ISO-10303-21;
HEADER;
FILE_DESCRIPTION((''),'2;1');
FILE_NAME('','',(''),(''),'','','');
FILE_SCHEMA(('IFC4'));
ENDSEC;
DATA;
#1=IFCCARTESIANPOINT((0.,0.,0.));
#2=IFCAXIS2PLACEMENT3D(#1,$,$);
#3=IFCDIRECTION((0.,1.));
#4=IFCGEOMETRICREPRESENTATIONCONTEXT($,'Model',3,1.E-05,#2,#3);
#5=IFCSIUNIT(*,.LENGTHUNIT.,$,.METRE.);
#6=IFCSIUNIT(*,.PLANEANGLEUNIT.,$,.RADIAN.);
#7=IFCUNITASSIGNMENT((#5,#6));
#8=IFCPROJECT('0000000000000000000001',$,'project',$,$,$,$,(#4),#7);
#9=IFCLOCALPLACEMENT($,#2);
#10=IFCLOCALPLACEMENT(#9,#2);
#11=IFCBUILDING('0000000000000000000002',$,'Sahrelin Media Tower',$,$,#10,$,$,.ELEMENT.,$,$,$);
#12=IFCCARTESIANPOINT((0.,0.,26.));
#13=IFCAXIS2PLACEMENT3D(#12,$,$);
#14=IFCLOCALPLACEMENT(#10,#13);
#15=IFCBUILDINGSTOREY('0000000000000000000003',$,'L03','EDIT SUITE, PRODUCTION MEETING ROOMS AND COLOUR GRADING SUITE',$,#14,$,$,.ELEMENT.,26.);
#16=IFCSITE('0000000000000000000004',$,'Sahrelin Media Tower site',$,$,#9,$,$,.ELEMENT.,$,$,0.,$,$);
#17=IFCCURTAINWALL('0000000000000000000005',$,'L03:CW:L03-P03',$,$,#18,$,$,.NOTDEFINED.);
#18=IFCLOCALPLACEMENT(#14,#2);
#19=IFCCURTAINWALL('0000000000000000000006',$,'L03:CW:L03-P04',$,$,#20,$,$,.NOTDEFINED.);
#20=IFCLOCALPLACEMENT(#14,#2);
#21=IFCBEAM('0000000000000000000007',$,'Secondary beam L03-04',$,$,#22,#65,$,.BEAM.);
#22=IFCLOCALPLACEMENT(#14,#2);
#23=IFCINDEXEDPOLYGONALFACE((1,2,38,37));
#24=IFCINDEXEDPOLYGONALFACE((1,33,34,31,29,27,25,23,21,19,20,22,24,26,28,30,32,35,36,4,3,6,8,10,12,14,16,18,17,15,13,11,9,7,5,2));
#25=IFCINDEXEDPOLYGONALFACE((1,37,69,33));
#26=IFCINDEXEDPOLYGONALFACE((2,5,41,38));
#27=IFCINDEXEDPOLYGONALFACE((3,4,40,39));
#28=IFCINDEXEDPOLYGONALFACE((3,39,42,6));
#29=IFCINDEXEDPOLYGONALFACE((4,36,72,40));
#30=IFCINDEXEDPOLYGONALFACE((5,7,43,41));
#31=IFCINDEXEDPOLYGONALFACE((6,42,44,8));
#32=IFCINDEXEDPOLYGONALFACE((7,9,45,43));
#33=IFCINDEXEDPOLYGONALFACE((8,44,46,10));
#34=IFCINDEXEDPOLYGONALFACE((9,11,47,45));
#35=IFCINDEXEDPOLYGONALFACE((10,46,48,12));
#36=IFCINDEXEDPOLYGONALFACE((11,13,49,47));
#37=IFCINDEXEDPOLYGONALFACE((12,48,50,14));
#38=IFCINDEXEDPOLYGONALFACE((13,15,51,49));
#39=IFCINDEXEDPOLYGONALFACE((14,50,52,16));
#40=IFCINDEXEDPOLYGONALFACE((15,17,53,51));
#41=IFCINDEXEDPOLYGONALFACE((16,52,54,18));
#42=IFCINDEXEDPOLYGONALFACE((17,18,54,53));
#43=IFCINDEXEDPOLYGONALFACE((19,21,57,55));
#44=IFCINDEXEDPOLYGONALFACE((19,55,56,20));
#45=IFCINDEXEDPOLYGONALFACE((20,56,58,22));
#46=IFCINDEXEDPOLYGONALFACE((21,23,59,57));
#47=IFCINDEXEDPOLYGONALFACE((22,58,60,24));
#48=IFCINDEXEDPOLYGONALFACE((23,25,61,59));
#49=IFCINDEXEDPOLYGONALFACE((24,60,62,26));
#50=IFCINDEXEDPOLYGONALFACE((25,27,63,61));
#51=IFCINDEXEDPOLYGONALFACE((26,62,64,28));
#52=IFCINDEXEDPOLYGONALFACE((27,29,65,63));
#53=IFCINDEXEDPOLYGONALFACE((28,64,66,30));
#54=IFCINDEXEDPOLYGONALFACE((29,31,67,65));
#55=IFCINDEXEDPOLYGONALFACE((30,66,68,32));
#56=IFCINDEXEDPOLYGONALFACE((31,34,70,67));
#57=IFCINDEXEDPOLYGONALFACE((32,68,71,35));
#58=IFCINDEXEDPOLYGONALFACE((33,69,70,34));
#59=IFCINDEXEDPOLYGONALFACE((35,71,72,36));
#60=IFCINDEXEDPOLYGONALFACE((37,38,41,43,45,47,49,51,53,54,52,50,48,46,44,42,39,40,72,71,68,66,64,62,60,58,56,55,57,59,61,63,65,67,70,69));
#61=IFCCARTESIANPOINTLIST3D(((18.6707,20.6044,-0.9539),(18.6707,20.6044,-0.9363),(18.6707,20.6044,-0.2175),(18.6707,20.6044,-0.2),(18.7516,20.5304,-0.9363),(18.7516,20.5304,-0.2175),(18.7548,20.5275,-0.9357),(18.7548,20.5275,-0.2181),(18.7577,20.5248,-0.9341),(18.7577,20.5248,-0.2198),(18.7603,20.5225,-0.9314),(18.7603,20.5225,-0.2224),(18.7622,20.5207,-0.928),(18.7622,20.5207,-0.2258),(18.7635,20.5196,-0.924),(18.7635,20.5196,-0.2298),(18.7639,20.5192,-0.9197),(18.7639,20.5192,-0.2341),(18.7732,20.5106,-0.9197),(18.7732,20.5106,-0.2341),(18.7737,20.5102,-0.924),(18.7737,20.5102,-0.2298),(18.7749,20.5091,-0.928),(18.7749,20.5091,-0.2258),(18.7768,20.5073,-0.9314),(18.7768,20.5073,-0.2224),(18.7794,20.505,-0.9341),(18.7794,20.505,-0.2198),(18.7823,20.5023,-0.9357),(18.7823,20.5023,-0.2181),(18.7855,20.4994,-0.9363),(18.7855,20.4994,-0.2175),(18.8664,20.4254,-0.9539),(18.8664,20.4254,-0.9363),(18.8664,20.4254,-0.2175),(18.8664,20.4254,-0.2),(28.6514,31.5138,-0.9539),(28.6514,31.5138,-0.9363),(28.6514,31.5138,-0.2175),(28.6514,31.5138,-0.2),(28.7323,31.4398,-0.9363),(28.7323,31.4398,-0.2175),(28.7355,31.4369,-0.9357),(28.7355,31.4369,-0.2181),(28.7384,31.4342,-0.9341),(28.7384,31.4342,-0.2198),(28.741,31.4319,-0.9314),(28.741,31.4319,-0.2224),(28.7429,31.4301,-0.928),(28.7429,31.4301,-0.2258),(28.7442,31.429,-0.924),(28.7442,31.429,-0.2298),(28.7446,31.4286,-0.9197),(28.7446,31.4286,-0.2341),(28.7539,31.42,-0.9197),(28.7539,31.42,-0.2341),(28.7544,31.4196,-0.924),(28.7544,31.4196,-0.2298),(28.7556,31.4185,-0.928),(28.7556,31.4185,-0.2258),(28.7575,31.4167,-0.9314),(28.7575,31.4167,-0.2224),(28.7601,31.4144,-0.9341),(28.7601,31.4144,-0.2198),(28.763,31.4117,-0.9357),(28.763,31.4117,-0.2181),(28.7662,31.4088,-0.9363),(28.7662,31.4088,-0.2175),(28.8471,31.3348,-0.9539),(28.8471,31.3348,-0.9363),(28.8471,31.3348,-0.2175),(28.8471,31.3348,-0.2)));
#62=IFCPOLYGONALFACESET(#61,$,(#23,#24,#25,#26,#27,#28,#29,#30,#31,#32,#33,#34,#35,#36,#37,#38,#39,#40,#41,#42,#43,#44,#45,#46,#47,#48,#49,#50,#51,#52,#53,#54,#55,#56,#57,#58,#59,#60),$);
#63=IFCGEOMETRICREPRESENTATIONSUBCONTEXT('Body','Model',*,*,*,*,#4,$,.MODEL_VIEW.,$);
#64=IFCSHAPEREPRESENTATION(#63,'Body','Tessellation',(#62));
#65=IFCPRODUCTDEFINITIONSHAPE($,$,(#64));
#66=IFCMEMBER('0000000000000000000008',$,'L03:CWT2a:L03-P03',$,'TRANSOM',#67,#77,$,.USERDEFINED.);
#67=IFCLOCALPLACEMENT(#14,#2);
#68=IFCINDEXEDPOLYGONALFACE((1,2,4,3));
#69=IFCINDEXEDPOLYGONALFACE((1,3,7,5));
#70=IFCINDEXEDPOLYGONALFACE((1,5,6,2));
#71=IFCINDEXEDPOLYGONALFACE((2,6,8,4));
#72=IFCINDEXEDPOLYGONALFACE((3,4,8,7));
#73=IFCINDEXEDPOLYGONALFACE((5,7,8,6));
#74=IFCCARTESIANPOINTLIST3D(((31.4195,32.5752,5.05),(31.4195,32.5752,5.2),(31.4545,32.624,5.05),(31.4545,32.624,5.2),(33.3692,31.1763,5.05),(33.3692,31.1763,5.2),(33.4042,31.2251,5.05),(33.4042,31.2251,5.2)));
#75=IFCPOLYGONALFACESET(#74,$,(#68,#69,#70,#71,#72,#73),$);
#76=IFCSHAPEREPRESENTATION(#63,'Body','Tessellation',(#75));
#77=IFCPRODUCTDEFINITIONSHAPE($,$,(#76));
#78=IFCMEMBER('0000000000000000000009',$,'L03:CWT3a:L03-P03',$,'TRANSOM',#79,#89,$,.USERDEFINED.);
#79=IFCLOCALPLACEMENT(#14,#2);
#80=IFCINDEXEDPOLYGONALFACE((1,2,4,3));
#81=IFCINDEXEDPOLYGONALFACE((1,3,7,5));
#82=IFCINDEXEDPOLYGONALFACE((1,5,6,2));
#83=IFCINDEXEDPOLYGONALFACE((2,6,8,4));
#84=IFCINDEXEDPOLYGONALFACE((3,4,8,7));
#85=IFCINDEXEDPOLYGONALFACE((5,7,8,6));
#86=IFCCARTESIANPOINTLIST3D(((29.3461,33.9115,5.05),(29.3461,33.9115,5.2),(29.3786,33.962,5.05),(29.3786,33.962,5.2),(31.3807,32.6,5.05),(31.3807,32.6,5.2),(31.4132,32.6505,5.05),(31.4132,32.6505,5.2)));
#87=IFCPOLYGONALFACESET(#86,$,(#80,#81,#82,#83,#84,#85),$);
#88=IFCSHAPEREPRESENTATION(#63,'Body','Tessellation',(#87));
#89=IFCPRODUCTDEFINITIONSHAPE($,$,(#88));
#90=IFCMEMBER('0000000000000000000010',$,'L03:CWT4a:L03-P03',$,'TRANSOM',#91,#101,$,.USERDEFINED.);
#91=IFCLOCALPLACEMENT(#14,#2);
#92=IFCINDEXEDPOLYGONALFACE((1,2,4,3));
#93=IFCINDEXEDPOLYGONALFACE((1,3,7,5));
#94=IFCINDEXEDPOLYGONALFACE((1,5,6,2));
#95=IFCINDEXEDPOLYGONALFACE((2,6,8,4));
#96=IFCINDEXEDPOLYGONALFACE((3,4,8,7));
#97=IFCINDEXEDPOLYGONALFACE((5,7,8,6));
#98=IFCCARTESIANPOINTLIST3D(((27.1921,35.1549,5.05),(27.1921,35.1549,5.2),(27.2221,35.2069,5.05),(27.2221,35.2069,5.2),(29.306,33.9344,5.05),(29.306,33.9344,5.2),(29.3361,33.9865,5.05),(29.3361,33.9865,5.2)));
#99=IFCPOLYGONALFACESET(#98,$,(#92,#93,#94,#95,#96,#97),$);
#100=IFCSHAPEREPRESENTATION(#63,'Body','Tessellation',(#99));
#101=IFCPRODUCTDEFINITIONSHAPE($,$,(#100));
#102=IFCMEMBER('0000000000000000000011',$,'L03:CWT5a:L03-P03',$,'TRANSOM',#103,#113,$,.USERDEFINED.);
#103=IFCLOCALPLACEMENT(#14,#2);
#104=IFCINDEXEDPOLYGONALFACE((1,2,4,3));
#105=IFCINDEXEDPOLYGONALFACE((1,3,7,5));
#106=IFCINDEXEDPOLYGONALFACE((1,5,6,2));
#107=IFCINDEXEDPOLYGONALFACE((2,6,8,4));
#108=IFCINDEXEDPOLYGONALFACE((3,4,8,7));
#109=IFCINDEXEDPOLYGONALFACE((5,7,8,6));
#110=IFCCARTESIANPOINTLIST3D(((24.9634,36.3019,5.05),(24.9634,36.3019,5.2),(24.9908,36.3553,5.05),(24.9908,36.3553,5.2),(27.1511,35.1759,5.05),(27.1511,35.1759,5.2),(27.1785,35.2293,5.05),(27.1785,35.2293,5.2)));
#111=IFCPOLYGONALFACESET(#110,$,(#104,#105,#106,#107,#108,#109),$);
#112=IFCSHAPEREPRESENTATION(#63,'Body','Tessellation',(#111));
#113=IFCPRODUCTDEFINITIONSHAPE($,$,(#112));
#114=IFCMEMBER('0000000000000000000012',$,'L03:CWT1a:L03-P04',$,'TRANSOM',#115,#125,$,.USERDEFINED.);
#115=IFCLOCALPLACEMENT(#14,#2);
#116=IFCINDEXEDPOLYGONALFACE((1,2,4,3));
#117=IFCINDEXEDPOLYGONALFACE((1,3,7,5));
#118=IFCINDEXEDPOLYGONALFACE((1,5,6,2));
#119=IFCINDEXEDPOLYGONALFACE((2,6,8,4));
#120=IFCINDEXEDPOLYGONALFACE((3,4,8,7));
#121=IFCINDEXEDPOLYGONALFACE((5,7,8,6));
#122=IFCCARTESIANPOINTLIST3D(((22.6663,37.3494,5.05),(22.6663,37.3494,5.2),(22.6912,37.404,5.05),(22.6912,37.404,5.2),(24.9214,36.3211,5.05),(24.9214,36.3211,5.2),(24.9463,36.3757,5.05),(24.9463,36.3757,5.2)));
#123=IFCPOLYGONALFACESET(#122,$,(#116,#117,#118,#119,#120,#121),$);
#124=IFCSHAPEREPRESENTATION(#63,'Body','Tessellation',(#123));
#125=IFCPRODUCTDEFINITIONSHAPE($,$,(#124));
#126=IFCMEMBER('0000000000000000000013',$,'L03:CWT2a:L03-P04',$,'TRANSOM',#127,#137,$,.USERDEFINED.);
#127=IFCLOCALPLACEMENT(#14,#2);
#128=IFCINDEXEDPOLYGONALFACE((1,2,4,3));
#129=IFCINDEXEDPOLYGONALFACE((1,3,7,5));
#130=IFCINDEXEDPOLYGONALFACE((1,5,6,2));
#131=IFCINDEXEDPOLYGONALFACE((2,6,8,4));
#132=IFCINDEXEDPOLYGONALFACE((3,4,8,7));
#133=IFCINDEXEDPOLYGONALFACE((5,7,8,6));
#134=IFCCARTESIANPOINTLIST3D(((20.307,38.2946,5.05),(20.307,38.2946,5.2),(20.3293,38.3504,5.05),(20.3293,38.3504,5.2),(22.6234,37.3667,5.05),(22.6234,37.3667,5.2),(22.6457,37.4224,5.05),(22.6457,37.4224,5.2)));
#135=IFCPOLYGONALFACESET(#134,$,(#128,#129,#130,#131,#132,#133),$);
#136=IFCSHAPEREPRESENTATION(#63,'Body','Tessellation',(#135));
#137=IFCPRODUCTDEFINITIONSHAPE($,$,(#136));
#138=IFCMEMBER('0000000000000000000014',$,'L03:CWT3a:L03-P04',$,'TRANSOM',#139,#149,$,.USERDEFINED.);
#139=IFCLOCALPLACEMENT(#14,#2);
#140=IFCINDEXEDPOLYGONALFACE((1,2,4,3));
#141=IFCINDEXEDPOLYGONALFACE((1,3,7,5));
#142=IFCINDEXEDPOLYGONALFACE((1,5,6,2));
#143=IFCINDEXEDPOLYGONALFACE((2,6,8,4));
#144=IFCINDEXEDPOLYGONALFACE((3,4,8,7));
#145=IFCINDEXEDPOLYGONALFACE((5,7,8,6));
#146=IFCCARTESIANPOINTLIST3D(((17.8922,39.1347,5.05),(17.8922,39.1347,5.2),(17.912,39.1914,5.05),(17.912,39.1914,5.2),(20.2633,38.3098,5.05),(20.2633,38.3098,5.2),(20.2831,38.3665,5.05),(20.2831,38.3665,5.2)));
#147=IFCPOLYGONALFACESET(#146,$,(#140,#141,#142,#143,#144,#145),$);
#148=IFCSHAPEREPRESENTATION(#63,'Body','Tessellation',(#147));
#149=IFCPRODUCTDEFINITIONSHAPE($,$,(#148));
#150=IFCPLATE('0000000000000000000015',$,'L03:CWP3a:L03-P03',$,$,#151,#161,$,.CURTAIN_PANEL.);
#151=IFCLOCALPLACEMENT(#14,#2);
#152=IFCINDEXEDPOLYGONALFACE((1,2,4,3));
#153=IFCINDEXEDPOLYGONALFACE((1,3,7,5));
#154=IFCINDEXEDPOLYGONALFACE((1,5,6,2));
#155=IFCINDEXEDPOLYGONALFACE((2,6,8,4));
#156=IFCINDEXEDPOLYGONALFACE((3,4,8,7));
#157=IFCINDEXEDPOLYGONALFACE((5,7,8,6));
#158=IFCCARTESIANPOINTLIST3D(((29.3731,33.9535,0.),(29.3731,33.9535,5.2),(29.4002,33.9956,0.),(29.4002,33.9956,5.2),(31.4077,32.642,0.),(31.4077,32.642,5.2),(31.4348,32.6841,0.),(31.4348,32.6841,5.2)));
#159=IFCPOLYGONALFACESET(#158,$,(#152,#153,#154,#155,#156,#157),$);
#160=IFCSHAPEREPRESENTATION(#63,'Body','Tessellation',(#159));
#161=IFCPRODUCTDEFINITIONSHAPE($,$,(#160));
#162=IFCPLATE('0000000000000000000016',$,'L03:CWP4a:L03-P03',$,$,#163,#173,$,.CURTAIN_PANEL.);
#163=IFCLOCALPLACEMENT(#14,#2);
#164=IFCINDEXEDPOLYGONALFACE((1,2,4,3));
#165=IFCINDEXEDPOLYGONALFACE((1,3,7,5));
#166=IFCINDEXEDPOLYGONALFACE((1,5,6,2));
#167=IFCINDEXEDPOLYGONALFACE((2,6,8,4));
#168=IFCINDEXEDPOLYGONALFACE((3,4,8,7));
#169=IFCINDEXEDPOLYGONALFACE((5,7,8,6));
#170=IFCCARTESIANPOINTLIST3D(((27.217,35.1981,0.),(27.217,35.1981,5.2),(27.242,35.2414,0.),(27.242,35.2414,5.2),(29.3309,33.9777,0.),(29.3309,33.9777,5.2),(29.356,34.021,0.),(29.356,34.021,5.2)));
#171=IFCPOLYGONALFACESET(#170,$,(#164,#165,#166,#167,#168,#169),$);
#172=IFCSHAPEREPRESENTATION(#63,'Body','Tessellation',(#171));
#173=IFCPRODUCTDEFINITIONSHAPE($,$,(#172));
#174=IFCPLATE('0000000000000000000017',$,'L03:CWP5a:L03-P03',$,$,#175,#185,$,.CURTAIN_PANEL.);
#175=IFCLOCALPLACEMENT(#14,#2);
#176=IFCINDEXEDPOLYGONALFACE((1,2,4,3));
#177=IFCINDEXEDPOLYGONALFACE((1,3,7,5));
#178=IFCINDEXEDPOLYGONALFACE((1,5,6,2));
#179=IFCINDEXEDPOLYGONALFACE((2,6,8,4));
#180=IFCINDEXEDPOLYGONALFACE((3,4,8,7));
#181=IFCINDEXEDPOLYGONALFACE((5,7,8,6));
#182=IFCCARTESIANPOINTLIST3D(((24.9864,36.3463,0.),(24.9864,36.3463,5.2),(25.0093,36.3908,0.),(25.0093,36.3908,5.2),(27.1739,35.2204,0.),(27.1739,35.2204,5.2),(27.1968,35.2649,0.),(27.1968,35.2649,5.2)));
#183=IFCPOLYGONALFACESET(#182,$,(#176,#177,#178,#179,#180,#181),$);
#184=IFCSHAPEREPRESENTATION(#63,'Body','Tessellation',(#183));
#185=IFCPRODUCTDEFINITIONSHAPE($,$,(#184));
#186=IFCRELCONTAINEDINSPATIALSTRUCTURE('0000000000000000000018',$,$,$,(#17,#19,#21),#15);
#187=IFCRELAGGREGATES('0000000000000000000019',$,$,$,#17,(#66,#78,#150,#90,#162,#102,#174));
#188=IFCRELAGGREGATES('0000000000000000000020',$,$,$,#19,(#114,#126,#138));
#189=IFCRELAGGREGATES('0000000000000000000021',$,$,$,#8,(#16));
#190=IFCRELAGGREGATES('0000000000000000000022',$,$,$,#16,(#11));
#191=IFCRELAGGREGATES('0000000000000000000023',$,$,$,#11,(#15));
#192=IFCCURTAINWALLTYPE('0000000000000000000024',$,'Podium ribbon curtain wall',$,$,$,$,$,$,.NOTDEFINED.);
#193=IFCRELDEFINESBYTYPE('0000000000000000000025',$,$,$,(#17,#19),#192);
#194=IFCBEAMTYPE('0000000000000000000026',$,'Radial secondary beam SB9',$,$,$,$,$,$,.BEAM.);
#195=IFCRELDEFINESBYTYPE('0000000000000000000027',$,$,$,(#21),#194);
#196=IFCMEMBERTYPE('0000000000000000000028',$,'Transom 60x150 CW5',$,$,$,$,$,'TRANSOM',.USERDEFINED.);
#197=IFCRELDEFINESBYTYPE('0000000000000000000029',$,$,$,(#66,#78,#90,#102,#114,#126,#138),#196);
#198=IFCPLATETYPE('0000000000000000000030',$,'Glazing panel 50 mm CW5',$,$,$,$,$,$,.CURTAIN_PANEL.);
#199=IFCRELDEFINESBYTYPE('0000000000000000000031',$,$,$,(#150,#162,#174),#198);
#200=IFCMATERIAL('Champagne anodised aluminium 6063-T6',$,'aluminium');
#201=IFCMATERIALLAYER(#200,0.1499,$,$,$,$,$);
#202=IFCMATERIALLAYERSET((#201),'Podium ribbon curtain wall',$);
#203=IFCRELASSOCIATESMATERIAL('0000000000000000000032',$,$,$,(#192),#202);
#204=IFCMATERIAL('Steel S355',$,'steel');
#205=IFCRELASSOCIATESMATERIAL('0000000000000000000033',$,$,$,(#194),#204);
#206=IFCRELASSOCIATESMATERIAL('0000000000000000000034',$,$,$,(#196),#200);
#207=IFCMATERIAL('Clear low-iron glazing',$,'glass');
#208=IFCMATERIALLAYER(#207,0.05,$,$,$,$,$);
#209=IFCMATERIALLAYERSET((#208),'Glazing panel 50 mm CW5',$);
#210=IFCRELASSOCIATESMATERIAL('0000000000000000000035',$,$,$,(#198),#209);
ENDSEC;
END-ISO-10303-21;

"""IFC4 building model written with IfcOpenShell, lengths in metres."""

from ifc_helpers import new_model, si_unit, direction, frame, origin, origin_2d, place, context, subcontext, project, spatial, polyline, rectangle, i_section, outline, extrude, material, layer, layer_set, material_profile, profile_set, type_object, element, aggregate, save


model = new_model("IFC4")

# Units and contexts
model_context = context("Model", 3, precision=1e-05, world=origin(), true_north=direction((0.0, 1.0)))
body_context = subcontext(model_context, "Body", "Model", "MODEL_VIEW")
ifc_project = project(units=[si_unit("LENGTHUNIT", "METRE"), si_unit("PLANEANGLEUNIT", "RADIAN")], contexts=[model_context])

# Site, building, storey
site_placement = place(None, origin())
site = spatial("IfcSite", under=ifc_project, at=site_placement, Name="Sahrelin Media Tower site", CompositionType="ELEMENT", RefElevation=0.0)
building_placement = place(site_placement, origin())
building = spatial("IfcBuilding", under=site, at=building_placement, Name="Sahrelin Media Tower", CompositionType="ELEMENT")
storey_placement = place(building_placement, frame((0.0, 0.0, 26.0)))
storey = spatial("IfcBuildingStorey", under=building, at=storey_placement, Name="L03", Description="EDIT SUITE, PRODUCTION MEETING ROOMS AND COLOUR GRADING SUITE", CompositionType="ELEMENT", Elevation=26.0)

# Curtain walls
ifc_material_1 = material(Name="Champagne anodised aluminium 6063-T6", Category="aluminium")
ifc_layer_1 = layer(ifc_material_1, 0.1499)
ifc_layer_set_1 = layer_set([ifc_layer_1], Name="Podium ribbon curtain wall")
curtain_wall_type = type_object("IfcCurtainWallType", Name="Podium ribbon curtain wall", PredefinedType="NOTDEFINED", material=ifc_layer_set_1)
curtain_wall_1_placement = place(storey_placement, frame((35.3552, 29.6985, 0.0), z_axis=(0.0, 0.0, 1.0), x_axis=(1.0, 0.0, 0.0)))
curtain_wall_1 = element("IfcCurtainWall", 1, at=curtain_wall_1_placement, inside=storey, type_object=curtain_wall_type, Name="L03:CW:L03-P03", PredefinedType="NOTDEFINED")
curtain_wall_2_placement = place(storey_placement, frame((25.0, 36.373, 0.0), z_axis=(0.0, 0.0, 1.0), x_axis=(1.0, 0.0, 0.0)))
curtain_wall_2 = element("IfcCurtainWall", 2, at=curtain_wall_2_placement, inside=storey, type_object=curtain_wall_type, Name="L03:CW:L03-P04", PredefinedType="NOTDEFINED")

# Beam
ifc_material_2 = material(Name="Steel S355", Category="steel")
ifc_material_profile_1 = material_profile(ifc_material_2, i_section(OverallWidth=0.2651, OverallDepth=0.7539, WebThickness=0.0127, FlangeThickness=0.0176, FilletRadius=0.0166, at=origin_2d()), Name="UB 762x267x147")
ifc_profile_set_1 = profile_set([ifc_material_profile_1], Name="Steel S355")
beam_type_1 = type_object("IfcBeamType", Name="Radial secondary beam SB9", PredefinedType="BEAM", material=ifc_profile_set_1)
beam_1_placement = place(storey_placement, frame((18.7686, 20.5149, -0.5769), z_axis=(0.675004, 0.737814, 0.0), x_axis=(-0.737814, 0.675004, 0.0)))
element("IfcBeam", 3, at=beam_1_placement, inside=storey, type_object=beam_type_1, Name="Secondary beam L03-04", PredefinedType="BEAM", context=body_context, shape_type="SweptSolid", body=[
    extrude(i_section(OverallWidth=0.2651, OverallDepth=0.7539, WebThickness=0.0127, FlangeThickness=0.0176, FilletRadius=0.0166, at=origin_2d()), origin(), (0.0, 0.0, 1.0), 14.7861),
])

# Members
ifc_material_profile_2 = material_profile(ifc_material_1, rectangle(XDim=0.0601, YDim=0.1499, at=origin_2d()), Name="Transom 60x150")
ifc_profile_set_2 = profile_set([ifc_material_profile_2], Name="Champagne anodised aluminium 6063-T6")
member_type_1 = type_object("IfcMemberType", Name="Transom 60x150 CW5", ElementType="TRANSOM", PredefinedType="USERDEFINED", material=ifc_profile_set_2)
member_1_placement = place(storey_placement, frame((33.3867, 31.2007, 5.125), z_axis=(-0.812494, 0.582969, 0.0), x_axis=(-0.582969, -0.812494, 0.0)))
member_1 = element("IfcMember", 4, at=member_1_placement, type_object=member_type_1, Name="L03:CWT2a:L03-P03", ObjectType="TRANSOM", PredefinedType="USERDEFINED", context=body_context, shape_type="SweptSolid", body=[
    extrude(rectangle(XDim=0.0601, YDim=0.1499, at=origin_2d()), origin(), (0.0, 0.0, 1.0), 2.3997),
])
member_2_placement = place(storey_placement, frame((31.397, 32.6252, 5.125), z_axis=(-0.840516, 0.541787, 0.0), x_axis=(-0.541787, -0.840516, 0.0)))
member_2 = element("IfcMember", 5, at=member_2_placement, type_object=member_type_1, Name="L03:CWT3a:L03-P03", ObjectType="TRANSOM", PredefinedType="USERDEFINED", context=body_context, shape_type="SweptSolid", body=[
    extrude(rectangle(XDim=0.0601, YDim=0.1499, at=origin_2d()), origin(), (0.0, 0.0, 1.0), 2.4207),
])
member_3_placement = place(storey_placement, frame((29.321, 33.9604, 5.125), z_axis=(-0.866037, 0.499979, 0.0), x_axis=(-0.499979, -0.866037, 0.0)))
member_3 = element("IfcMember", 6, at=member_3_placement, type_object=member_type_1, Name="L03:CWT4a:L03-P03", ObjectType="TRANSOM", PredefinedType="USERDEFINED", context=body_context, shape_type="SweptSolid", body=[
    extrude(rectangle(XDim=0.0601, YDim=0.1499, at=origin_2d()), origin(), (0.0, 0.0, 1.0), 2.4409),
])
member_4_placement = place(storey_placement, frame((27.1648, 35.2026, 5.125), z_axis=(-0.889147, 0.457622, 0.0), x_axis=(-0.457622, -0.889147, 0.0)))
member_4 = element("IfcMember", 7, at=member_4_placement, type_object=member_type_1, Name="L03:CWT5a:L03-P03", ObjectType="TRANSOM", PredefinedType="USERDEFINED", context=body_context, shape_type="SweptSolid", body=[
    extrude(rectangle(XDim=0.0601, YDim=0.1499, at=origin_2d()), origin(), (0.0, 0.0, 1.0), 2.4604),
])
member_5_placement = place(storey_placement, frame((24.9338, 36.3484, 5.125), z_axis=(-0.90987, 0.414894, 0.0), x_axis=(-0.414894, -0.90987, 0.0)))
member_5 = element("IfcMember", 8, at=member_5_placement, type_object=member_type_1, Name="L03:CWT1a:L03-P04", ObjectType="TRANSOM", PredefinedType="USERDEFINED", context=body_context, shape_type="SweptSolid", body=[
    extrude(rectangle(XDim=0.0601, YDim=0.1499, at=origin_2d()), origin(), (0.0, 0.0, 1.0), 2.4785),
])
member_6_placement = place(storey_placement, frame((22.6345, 37.3945, 5.125), z_axis=(-0.928281, 0.37188, 0.0), x_axis=(-0.37188, -0.928281, 0.0)))
member_6 = element("IfcMember", 9, at=member_6_placement, type_object=member_type_1, Name="L03:CWT2a:L03-P04", ObjectType="TRANSOM", PredefinedType="USERDEFINED", context=body_context, shape_type="SweptSolid", body=[
    extrude(rectangle(XDim=0.0601, YDim=0.1499, at=origin_2d()), origin(), (0.0, 0.0, 1.0), 2.4954),
])
member_7_placement = place(storey_placement, frame((20.2732, 38.3381, 5.125), z_axis=(-0.944469, 0.3286, 0.0), x_axis=(-0.3286, -0.944469, 0.0)))
member_7 = element("IfcMember", 10, at=member_7_placement, type_object=member_type_1, Name="L03:CWT3a:L03-P04", ObjectType="TRANSOM", PredefinedType="USERDEFINED", context=body_context, shape_type="SweptSolid", body=[
    extrude(rectangle(XDim=0.0601, YDim=0.1499, at=origin_2d()), origin(), (0.0, 0.0, 1.0), 2.5105),
])

# Plates
ifc_material_3 = material(Name="Clear low-iron glazing", Category="glass")
ifc_layer_2 = layer(ifc_material_3, 0.05)
ifc_layer_set_2 = layer_set([ifc_layer_2], Name="Glazing panel 50 mm CW5")
plate_type = type_object("IfcPlateType", Name="Glazing panel 50 mm CW5", PredefinedType="CURTAIN_PANEL", material=ifc_layer_set_2)
plate_1_placement = place(storey_placement, frame((31.4348, 32.6841, 0.0), z_axis=(0.541787, 0.840516, 0.0), x_axis=(-0.840516, 0.541787, 0.0)))
plate_1 = element("IfcPlate", 11, at=plate_1_placement, type_object=plate_type, Name="L03:CWP3a:L03-P03", PredefinedType="CURTAIN_PANEL", context=body_context, shape_type="SweptSolid", body=[
    extrude(outline(polyline([(0.0, 0.0), (2.4207, 0.0), (2.4207, 5.2), (0.0, 5.2), (0.0, 0.0)])), origin(), (0.0, 0.0, -1.0), 0.05),
])
plate_2_placement = place(storey_placement, frame((29.356, 34.021, 0.0), z_axis=(0.499979, 0.866037, 0.0), x_axis=(-0.866037, 0.499979, 0.0)))
plate_2 = element("IfcPlate", 12, at=plate_2_placement, type_object=plate_type, Name="L03:CWP4a:L03-P03", PredefinedType="CURTAIN_PANEL", context=body_context, shape_type="SweptSolid", body=[
    extrude(outline(polyline([(0.0, 0.0), (2.4409, 0.0), (2.4409, 5.2), (0.0, 5.2), (0.0, 0.0)])), origin(), (0.0, 0.0, -1.0), 0.05),
])
plate_3_placement = place(storey_placement, frame((27.1968, 35.2649, 0.0), z_axis=(0.457662, 0.889126, 0.0), x_axis=(-0.889126, 0.457662, 0.0)))
plate_3 = element("IfcPlate", 13, at=plate_3_placement, type_object=plate_type, Name="L03:CWP5a:L03-P03", PredefinedType="CURTAIN_PANEL", context=body_context, shape_type="SweptSolid", body=[
    extrude(outline(polyline([(0.0, 0.0), (2.4602, 0.0), (2.4602, 5.2), (0.0, 5.2), (0.0, 0.0)])), origin(), (0.0, 0.0, -1.0), 0.05),
])
aggregate(curtain_wall_1, [member_1, member_2, plate_1, member_3, plate_2, member_4, plate_3])
aggregate(curtain_wall_2, [member_5, member_6, member_7])

save(model, "model.ifc")
